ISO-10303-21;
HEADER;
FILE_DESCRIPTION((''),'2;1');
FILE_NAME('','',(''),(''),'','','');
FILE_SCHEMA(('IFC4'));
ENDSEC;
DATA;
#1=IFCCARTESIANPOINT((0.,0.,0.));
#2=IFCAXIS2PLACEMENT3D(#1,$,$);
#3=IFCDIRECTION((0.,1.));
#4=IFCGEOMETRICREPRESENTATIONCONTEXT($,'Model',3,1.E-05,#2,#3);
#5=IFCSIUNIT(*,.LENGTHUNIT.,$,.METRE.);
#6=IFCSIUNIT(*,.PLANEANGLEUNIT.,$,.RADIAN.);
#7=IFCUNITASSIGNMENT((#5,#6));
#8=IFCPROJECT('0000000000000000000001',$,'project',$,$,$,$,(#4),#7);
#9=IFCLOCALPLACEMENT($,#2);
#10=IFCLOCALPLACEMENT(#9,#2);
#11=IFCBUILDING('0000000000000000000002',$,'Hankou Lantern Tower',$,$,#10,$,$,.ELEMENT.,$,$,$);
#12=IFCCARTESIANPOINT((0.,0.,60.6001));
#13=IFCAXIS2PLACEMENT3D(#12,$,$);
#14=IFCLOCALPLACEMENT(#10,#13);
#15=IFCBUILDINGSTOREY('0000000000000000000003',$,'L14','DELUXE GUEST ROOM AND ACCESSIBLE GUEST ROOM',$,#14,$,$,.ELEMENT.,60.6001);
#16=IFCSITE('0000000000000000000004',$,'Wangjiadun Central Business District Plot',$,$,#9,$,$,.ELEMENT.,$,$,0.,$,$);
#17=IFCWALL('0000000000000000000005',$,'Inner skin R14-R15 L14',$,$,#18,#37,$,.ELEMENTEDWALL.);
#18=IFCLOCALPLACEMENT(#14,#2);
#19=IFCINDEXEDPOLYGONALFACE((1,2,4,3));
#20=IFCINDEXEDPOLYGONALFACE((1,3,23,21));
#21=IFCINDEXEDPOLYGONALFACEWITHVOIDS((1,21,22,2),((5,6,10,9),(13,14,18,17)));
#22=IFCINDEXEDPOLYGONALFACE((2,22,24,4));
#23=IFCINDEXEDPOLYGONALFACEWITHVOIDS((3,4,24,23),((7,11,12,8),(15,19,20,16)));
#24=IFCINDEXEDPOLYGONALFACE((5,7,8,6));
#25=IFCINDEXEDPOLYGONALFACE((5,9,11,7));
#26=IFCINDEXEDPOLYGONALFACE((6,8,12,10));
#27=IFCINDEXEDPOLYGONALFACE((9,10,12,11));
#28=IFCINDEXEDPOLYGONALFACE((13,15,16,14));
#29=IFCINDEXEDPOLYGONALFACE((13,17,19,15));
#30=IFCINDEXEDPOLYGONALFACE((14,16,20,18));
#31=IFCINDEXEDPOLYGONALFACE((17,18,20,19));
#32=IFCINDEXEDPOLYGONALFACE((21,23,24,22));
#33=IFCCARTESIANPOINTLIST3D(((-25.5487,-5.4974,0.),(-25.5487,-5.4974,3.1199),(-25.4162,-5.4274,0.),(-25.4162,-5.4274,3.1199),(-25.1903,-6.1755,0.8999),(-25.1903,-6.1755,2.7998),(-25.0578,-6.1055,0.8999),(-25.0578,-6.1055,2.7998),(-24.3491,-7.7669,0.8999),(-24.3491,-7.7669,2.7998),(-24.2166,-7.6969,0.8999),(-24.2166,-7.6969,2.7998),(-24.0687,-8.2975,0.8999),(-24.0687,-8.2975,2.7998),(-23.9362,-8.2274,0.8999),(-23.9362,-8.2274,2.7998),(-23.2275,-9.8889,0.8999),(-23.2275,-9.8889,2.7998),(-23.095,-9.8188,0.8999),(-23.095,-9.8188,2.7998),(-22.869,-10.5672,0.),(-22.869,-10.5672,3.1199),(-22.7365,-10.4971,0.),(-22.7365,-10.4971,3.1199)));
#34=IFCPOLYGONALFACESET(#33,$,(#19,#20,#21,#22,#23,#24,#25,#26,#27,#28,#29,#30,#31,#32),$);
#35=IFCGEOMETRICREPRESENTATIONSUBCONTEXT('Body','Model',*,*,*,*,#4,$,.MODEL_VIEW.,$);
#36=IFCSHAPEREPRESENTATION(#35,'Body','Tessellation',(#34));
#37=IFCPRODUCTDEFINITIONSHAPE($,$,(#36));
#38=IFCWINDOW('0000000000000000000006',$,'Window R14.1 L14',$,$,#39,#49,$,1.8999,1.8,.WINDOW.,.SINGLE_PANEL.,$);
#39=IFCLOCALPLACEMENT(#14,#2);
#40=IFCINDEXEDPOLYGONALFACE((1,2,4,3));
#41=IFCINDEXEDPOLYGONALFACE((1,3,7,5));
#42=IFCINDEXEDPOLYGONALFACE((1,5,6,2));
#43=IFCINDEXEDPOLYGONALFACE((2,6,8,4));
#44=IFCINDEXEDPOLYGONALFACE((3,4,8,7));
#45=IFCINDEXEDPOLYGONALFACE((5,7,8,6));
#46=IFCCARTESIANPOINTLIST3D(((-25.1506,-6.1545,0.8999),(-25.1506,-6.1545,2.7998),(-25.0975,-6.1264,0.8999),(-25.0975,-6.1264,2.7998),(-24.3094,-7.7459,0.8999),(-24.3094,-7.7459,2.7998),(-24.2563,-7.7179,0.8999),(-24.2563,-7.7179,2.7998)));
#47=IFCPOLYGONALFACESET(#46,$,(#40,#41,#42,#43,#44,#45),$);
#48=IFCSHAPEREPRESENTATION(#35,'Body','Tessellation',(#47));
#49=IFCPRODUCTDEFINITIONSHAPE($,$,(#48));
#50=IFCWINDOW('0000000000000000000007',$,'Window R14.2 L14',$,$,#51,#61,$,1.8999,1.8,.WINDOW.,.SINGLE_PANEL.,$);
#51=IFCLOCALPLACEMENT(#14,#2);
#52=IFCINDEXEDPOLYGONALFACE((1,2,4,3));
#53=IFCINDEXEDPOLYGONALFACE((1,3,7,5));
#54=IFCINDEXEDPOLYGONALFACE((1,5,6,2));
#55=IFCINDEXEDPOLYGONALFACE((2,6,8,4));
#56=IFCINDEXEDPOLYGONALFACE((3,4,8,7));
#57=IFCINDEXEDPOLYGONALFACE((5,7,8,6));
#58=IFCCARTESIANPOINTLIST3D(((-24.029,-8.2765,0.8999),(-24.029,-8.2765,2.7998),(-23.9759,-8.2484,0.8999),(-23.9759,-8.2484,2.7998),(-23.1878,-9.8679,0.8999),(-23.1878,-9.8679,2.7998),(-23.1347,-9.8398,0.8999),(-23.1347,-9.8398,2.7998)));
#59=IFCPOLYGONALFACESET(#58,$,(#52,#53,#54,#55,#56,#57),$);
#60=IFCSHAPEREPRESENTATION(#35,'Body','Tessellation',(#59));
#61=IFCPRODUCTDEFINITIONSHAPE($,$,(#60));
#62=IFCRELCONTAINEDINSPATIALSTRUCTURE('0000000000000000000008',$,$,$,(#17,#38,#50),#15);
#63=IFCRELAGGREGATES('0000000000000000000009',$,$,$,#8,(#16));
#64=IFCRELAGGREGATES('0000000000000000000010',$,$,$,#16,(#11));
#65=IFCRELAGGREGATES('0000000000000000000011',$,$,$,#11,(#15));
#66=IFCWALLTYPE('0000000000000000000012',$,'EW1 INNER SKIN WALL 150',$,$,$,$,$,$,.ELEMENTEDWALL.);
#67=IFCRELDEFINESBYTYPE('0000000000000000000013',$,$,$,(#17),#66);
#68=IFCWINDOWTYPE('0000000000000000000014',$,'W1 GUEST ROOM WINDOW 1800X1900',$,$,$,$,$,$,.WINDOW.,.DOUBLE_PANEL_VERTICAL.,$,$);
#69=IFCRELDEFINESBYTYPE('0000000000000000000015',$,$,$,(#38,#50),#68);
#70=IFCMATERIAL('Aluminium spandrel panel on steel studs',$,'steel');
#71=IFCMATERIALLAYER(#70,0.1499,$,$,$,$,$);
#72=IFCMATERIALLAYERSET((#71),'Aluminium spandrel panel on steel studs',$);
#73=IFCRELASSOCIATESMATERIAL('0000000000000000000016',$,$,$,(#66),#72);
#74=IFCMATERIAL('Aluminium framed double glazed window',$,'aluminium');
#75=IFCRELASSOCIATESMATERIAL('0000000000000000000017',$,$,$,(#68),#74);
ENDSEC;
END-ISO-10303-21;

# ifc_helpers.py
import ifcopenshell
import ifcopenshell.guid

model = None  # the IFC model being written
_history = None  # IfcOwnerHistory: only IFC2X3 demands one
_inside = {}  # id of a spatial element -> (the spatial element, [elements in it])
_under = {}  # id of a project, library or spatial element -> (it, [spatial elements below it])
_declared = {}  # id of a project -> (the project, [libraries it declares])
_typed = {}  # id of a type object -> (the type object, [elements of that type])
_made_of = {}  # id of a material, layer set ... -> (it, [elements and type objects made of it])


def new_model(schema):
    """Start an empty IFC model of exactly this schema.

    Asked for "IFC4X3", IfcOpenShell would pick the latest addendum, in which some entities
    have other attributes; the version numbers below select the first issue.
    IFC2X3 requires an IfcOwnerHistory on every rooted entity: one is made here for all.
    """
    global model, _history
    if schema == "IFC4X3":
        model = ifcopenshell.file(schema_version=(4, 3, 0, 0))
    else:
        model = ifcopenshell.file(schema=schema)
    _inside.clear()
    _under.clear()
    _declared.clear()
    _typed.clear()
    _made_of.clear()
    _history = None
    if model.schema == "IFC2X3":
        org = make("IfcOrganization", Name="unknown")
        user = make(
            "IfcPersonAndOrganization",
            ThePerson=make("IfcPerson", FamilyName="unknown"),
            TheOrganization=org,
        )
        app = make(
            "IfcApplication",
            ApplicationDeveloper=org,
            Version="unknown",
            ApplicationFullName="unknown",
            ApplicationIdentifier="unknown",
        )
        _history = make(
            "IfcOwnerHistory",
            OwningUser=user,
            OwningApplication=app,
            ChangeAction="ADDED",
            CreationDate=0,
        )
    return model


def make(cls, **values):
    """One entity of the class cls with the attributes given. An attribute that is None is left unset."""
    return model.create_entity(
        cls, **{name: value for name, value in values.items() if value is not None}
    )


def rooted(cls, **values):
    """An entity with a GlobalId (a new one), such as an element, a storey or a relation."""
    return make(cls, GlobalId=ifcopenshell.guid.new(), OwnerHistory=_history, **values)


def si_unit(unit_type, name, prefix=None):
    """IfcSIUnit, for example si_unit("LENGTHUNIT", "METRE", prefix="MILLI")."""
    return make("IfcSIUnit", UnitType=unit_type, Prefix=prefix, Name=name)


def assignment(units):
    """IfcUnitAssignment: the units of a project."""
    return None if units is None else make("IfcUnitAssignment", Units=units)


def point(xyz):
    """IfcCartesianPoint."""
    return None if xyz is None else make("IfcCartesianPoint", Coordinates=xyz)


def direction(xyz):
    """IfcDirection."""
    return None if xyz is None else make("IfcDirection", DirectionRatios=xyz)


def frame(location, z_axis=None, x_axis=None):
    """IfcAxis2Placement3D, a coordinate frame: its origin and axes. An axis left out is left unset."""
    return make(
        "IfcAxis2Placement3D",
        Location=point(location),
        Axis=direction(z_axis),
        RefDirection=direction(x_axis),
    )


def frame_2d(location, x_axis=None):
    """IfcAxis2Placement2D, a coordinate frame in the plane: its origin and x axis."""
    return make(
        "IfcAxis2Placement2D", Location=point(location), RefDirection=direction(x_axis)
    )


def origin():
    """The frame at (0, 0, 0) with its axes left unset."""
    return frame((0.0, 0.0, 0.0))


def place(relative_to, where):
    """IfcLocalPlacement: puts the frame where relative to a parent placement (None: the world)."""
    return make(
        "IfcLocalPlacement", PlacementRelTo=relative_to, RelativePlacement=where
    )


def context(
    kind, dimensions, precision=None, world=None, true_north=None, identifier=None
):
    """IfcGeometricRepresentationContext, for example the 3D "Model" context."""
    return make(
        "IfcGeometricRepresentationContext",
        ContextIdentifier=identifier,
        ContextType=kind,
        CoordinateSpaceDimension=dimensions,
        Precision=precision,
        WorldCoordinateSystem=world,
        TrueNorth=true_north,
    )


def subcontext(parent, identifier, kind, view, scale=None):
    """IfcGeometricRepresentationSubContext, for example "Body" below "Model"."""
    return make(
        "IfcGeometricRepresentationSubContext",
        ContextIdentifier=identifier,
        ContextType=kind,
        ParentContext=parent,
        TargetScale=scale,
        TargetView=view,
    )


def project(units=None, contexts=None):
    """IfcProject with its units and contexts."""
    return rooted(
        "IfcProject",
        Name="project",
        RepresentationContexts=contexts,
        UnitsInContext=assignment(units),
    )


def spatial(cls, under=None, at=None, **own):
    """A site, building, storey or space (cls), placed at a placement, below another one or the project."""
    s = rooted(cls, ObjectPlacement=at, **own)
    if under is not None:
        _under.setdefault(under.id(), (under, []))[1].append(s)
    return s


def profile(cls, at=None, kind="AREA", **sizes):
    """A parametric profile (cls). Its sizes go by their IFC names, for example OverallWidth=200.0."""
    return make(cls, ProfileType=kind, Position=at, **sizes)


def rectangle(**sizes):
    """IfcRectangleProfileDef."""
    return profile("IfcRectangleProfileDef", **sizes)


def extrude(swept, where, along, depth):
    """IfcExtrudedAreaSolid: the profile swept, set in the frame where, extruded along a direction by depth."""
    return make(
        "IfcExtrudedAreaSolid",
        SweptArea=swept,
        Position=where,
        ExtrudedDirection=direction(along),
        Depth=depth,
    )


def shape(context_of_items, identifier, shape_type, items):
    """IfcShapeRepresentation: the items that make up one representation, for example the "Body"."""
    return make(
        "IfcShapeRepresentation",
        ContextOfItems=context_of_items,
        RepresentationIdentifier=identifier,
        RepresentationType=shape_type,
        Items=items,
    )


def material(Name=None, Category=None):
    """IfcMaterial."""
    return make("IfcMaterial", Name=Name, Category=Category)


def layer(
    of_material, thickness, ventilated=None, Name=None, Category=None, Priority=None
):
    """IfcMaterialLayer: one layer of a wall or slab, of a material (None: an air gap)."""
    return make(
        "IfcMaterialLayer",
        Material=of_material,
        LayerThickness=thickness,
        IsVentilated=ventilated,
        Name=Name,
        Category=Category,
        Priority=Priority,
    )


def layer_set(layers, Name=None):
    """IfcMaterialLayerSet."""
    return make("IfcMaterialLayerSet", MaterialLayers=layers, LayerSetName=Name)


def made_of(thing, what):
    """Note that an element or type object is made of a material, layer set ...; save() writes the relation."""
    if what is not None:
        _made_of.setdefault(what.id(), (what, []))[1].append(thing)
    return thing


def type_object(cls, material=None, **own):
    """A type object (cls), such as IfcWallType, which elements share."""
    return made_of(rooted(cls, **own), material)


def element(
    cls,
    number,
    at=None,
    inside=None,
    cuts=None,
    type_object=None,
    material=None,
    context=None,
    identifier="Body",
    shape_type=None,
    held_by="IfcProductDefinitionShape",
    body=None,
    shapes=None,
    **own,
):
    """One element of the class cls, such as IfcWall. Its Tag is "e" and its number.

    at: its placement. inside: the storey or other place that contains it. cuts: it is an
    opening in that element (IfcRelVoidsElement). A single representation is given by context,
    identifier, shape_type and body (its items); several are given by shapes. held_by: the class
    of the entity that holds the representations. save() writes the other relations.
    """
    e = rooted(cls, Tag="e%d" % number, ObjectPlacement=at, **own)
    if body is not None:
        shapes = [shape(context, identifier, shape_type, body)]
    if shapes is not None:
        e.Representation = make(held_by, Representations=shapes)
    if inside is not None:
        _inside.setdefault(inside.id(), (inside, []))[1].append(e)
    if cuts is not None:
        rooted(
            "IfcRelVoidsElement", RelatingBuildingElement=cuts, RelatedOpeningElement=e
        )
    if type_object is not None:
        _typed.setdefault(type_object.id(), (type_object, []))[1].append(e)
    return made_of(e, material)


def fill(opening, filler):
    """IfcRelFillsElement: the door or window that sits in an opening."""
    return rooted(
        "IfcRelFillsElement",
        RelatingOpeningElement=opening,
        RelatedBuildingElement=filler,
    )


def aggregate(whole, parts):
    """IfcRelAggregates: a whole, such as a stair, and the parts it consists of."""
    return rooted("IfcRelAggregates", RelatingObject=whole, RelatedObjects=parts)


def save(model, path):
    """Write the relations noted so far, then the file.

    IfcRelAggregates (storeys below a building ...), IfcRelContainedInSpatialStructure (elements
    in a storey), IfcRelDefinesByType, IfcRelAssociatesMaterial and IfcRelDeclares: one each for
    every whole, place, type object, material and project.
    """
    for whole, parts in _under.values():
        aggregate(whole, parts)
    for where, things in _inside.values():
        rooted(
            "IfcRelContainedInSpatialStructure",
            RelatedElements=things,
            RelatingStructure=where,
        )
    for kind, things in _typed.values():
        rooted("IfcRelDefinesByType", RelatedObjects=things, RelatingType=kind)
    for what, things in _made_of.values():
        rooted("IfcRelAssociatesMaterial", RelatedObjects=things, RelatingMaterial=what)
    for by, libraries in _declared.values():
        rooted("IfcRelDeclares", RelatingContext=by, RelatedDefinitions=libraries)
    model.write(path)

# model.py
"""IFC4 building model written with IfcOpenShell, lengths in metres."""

from ifc_helpers import new_model, si_unit, direction, frame, frame_2d, origin, place, context, subcontext, project, spatial, rectangle, extrude, material, layer, layer_set, type_object, element, fill, save


model = new_model("IFC4")

# Units and contexts
model_context = context("Model", 3, precision=1e-05, world=origin(), true_north=direction((0.0, 1.0)))
body_context = subcontext(model_context, "Body", "Model", "MODEL_VIEW")
ifc_project = project(units=[si_unit("LENGTHUNIT", "METRE"), si_unit("PLANEANGLEUNIT", "RADIAN")], contexts=[model_context])

# Site, building, storey
site_placement = place(None, origin())
site = spatial("IfcSite", under=ifc_project, at=site_placement, Name="Wangjiadun Central Business District Plot", CompositionType="ELEMENT", RefElevation=0.0)
building_placement = place(site_placement, origin())
building = spatial("IfcBuilding", under=site, at=building_placement, Name="Hankou Lantern Tower", CompositionType="ELEMENT")
storey_placement = place(building_placement, frame((0.0, 0.0, 60.6001)))
storey = spatial("IfcBuildingStorey", under=building, at=storey_placement, Name="L14", Description="DELUXE GUEST ROOM AND ACCESSIBLE GUEST ROOM", CompositionType="ELEMENT", Elevation=60.6001)

# Wall, openings, windows
ifc_material_1 = material(Name="Aluminium spandrel panel on steel studs", Category="steel")
ifc_layer_1 = layer(ifc_material_1, 0.1499)
ifc_layer_set_1 = layer_set([ifc_layer_1], Name="Aluminium spandrel panel on steel studs")
wall_type = type_object("IfcWallType", Name="EW1 INNER SKIN WALL 150", PredefinedType="ELEMENTEDWALL", material=ifc_layer_set_1)
ifc_material_2 = material(Name="Aluminium framed double glazed window", Category="aluminium")
window_type = type_object("IfcWindowType", Name="W1 GUEST ROOM WINDOW 1800X1900", PartitioningType="DOUBLE_PANEL_VERTICAL", PredefinedType="WINDOW", material=ifc_material_2)
wall_1_placement = place(storey_placement, frame((-25.4824, -5.4624, 0.0), z_axis=(0.0, 0.0, 1.0), x_axis=(0.467297, -0.8841, 0.0)))
wall_1 = element("IfcWall", 1, at=wall_1_placement, inside=storey, type_object=wall_type, Name="Inner skin R14-R15 L14", PredefinedType="ELEMENTEDWALL", context=body_context, shape_type="SweptSolid", body=[
    extrude(rectangle(XDim=5.7344, YDim=0.1499, at=frame_2d((2.8672, 0.0))), origin(), (0.0, 0.0, 1.0), 3.1199),
])
opening_1_placement = place(wall_1_placement, frame((0.7671, 0.0, 0.8999)))
opening_1 = element("IfcOpeningElement", 2, at=opening_1_placement, cuts=wall_1, PredefinedType="OPENING", context=body_context, shape_type="SweptSolid", body=[
    extrude(rectangle(XDim=1.8, YDim=1.8999, at=frame_2d((0.8999, 0.95))), frame((0.0, 0.085, 0.0), z_axis=(0.0, -1.0, 0.0), x_axis=(1.0, 0.0, 0.0)), (0.0, 0.0, 1.0), 0.1699),
])
opening_2_placement = place(wall_1_placement, frame((3.1672, 0.0, 0.8999)))
opening_2 = element("IfcOpeningElement", 3, at=opening_2_placement, cuts=wall_1, PredefinedType="OPENING", context=body_context, shape_type="SweptSolid", body=[
    extrude(rectangle(XDim=1.8, YDim=1.8999, at=frame_2d((0.8999, 0.95))), frame((0.0, 0.085, 0.0), z_axis=(0.0, -1.0, 0.0), x_axis=(1.0, 0.0, 0.0)), (0.0, 0.0, 1.0), 0.1699),
])
window_1_placement = place(opening_1_placement, origin())
window_1 = element("IfcWindow", 4, at=window_1_placement, inside=storey, type_object=window_type, Name="Window R14.1 L14", OverallHeight=1.8999, OverallWidth=1.8, PartitioningType="SINGLE_PANEL", PredefinedType="WINDOW", context=body_context, shape_type="SweptSolid", body=[
    extrude(rectangle(XDim=1.8, YDim=1.8999, at=frame_2d((0.8999, 0.95))), frame((0.0, 0.03, 0.0), z_axis=(0.0, -1.0, 0.0), x_axis=(1.0, 0.0, 0.0)), (0.0, 0.0, 1.0), 0.0601),
])
fill(opening_1, window_1)
window_2_placement = place(opening_2_placement, origin())
window_2 = element("IfcWindow", 5, at=window_2_placement, inside=storey, type_object=window_type, Name="Window R14.2 L14", OverallHeight=1.8999, OverallWidth=1.8, PartitioningType="SINGLE_PANEL", PredefinedType="WINDOW", context=body_context, shape_type="SweptSolid", body=[
    extrude(rectangle(XDim=1.8, YDim=1.8999, at=frame_2d((0.8999, 0.95))), frame((0.0, 0.03, 0.0), z_axis=(0.0, -1.0, 0.0), x_axis=(1.0, 0.0, 0.0)), (0.0, 0.0, 1.0), 0.0601),
])
fill(opening_2, window_2)

save(model, "model.ifc")
